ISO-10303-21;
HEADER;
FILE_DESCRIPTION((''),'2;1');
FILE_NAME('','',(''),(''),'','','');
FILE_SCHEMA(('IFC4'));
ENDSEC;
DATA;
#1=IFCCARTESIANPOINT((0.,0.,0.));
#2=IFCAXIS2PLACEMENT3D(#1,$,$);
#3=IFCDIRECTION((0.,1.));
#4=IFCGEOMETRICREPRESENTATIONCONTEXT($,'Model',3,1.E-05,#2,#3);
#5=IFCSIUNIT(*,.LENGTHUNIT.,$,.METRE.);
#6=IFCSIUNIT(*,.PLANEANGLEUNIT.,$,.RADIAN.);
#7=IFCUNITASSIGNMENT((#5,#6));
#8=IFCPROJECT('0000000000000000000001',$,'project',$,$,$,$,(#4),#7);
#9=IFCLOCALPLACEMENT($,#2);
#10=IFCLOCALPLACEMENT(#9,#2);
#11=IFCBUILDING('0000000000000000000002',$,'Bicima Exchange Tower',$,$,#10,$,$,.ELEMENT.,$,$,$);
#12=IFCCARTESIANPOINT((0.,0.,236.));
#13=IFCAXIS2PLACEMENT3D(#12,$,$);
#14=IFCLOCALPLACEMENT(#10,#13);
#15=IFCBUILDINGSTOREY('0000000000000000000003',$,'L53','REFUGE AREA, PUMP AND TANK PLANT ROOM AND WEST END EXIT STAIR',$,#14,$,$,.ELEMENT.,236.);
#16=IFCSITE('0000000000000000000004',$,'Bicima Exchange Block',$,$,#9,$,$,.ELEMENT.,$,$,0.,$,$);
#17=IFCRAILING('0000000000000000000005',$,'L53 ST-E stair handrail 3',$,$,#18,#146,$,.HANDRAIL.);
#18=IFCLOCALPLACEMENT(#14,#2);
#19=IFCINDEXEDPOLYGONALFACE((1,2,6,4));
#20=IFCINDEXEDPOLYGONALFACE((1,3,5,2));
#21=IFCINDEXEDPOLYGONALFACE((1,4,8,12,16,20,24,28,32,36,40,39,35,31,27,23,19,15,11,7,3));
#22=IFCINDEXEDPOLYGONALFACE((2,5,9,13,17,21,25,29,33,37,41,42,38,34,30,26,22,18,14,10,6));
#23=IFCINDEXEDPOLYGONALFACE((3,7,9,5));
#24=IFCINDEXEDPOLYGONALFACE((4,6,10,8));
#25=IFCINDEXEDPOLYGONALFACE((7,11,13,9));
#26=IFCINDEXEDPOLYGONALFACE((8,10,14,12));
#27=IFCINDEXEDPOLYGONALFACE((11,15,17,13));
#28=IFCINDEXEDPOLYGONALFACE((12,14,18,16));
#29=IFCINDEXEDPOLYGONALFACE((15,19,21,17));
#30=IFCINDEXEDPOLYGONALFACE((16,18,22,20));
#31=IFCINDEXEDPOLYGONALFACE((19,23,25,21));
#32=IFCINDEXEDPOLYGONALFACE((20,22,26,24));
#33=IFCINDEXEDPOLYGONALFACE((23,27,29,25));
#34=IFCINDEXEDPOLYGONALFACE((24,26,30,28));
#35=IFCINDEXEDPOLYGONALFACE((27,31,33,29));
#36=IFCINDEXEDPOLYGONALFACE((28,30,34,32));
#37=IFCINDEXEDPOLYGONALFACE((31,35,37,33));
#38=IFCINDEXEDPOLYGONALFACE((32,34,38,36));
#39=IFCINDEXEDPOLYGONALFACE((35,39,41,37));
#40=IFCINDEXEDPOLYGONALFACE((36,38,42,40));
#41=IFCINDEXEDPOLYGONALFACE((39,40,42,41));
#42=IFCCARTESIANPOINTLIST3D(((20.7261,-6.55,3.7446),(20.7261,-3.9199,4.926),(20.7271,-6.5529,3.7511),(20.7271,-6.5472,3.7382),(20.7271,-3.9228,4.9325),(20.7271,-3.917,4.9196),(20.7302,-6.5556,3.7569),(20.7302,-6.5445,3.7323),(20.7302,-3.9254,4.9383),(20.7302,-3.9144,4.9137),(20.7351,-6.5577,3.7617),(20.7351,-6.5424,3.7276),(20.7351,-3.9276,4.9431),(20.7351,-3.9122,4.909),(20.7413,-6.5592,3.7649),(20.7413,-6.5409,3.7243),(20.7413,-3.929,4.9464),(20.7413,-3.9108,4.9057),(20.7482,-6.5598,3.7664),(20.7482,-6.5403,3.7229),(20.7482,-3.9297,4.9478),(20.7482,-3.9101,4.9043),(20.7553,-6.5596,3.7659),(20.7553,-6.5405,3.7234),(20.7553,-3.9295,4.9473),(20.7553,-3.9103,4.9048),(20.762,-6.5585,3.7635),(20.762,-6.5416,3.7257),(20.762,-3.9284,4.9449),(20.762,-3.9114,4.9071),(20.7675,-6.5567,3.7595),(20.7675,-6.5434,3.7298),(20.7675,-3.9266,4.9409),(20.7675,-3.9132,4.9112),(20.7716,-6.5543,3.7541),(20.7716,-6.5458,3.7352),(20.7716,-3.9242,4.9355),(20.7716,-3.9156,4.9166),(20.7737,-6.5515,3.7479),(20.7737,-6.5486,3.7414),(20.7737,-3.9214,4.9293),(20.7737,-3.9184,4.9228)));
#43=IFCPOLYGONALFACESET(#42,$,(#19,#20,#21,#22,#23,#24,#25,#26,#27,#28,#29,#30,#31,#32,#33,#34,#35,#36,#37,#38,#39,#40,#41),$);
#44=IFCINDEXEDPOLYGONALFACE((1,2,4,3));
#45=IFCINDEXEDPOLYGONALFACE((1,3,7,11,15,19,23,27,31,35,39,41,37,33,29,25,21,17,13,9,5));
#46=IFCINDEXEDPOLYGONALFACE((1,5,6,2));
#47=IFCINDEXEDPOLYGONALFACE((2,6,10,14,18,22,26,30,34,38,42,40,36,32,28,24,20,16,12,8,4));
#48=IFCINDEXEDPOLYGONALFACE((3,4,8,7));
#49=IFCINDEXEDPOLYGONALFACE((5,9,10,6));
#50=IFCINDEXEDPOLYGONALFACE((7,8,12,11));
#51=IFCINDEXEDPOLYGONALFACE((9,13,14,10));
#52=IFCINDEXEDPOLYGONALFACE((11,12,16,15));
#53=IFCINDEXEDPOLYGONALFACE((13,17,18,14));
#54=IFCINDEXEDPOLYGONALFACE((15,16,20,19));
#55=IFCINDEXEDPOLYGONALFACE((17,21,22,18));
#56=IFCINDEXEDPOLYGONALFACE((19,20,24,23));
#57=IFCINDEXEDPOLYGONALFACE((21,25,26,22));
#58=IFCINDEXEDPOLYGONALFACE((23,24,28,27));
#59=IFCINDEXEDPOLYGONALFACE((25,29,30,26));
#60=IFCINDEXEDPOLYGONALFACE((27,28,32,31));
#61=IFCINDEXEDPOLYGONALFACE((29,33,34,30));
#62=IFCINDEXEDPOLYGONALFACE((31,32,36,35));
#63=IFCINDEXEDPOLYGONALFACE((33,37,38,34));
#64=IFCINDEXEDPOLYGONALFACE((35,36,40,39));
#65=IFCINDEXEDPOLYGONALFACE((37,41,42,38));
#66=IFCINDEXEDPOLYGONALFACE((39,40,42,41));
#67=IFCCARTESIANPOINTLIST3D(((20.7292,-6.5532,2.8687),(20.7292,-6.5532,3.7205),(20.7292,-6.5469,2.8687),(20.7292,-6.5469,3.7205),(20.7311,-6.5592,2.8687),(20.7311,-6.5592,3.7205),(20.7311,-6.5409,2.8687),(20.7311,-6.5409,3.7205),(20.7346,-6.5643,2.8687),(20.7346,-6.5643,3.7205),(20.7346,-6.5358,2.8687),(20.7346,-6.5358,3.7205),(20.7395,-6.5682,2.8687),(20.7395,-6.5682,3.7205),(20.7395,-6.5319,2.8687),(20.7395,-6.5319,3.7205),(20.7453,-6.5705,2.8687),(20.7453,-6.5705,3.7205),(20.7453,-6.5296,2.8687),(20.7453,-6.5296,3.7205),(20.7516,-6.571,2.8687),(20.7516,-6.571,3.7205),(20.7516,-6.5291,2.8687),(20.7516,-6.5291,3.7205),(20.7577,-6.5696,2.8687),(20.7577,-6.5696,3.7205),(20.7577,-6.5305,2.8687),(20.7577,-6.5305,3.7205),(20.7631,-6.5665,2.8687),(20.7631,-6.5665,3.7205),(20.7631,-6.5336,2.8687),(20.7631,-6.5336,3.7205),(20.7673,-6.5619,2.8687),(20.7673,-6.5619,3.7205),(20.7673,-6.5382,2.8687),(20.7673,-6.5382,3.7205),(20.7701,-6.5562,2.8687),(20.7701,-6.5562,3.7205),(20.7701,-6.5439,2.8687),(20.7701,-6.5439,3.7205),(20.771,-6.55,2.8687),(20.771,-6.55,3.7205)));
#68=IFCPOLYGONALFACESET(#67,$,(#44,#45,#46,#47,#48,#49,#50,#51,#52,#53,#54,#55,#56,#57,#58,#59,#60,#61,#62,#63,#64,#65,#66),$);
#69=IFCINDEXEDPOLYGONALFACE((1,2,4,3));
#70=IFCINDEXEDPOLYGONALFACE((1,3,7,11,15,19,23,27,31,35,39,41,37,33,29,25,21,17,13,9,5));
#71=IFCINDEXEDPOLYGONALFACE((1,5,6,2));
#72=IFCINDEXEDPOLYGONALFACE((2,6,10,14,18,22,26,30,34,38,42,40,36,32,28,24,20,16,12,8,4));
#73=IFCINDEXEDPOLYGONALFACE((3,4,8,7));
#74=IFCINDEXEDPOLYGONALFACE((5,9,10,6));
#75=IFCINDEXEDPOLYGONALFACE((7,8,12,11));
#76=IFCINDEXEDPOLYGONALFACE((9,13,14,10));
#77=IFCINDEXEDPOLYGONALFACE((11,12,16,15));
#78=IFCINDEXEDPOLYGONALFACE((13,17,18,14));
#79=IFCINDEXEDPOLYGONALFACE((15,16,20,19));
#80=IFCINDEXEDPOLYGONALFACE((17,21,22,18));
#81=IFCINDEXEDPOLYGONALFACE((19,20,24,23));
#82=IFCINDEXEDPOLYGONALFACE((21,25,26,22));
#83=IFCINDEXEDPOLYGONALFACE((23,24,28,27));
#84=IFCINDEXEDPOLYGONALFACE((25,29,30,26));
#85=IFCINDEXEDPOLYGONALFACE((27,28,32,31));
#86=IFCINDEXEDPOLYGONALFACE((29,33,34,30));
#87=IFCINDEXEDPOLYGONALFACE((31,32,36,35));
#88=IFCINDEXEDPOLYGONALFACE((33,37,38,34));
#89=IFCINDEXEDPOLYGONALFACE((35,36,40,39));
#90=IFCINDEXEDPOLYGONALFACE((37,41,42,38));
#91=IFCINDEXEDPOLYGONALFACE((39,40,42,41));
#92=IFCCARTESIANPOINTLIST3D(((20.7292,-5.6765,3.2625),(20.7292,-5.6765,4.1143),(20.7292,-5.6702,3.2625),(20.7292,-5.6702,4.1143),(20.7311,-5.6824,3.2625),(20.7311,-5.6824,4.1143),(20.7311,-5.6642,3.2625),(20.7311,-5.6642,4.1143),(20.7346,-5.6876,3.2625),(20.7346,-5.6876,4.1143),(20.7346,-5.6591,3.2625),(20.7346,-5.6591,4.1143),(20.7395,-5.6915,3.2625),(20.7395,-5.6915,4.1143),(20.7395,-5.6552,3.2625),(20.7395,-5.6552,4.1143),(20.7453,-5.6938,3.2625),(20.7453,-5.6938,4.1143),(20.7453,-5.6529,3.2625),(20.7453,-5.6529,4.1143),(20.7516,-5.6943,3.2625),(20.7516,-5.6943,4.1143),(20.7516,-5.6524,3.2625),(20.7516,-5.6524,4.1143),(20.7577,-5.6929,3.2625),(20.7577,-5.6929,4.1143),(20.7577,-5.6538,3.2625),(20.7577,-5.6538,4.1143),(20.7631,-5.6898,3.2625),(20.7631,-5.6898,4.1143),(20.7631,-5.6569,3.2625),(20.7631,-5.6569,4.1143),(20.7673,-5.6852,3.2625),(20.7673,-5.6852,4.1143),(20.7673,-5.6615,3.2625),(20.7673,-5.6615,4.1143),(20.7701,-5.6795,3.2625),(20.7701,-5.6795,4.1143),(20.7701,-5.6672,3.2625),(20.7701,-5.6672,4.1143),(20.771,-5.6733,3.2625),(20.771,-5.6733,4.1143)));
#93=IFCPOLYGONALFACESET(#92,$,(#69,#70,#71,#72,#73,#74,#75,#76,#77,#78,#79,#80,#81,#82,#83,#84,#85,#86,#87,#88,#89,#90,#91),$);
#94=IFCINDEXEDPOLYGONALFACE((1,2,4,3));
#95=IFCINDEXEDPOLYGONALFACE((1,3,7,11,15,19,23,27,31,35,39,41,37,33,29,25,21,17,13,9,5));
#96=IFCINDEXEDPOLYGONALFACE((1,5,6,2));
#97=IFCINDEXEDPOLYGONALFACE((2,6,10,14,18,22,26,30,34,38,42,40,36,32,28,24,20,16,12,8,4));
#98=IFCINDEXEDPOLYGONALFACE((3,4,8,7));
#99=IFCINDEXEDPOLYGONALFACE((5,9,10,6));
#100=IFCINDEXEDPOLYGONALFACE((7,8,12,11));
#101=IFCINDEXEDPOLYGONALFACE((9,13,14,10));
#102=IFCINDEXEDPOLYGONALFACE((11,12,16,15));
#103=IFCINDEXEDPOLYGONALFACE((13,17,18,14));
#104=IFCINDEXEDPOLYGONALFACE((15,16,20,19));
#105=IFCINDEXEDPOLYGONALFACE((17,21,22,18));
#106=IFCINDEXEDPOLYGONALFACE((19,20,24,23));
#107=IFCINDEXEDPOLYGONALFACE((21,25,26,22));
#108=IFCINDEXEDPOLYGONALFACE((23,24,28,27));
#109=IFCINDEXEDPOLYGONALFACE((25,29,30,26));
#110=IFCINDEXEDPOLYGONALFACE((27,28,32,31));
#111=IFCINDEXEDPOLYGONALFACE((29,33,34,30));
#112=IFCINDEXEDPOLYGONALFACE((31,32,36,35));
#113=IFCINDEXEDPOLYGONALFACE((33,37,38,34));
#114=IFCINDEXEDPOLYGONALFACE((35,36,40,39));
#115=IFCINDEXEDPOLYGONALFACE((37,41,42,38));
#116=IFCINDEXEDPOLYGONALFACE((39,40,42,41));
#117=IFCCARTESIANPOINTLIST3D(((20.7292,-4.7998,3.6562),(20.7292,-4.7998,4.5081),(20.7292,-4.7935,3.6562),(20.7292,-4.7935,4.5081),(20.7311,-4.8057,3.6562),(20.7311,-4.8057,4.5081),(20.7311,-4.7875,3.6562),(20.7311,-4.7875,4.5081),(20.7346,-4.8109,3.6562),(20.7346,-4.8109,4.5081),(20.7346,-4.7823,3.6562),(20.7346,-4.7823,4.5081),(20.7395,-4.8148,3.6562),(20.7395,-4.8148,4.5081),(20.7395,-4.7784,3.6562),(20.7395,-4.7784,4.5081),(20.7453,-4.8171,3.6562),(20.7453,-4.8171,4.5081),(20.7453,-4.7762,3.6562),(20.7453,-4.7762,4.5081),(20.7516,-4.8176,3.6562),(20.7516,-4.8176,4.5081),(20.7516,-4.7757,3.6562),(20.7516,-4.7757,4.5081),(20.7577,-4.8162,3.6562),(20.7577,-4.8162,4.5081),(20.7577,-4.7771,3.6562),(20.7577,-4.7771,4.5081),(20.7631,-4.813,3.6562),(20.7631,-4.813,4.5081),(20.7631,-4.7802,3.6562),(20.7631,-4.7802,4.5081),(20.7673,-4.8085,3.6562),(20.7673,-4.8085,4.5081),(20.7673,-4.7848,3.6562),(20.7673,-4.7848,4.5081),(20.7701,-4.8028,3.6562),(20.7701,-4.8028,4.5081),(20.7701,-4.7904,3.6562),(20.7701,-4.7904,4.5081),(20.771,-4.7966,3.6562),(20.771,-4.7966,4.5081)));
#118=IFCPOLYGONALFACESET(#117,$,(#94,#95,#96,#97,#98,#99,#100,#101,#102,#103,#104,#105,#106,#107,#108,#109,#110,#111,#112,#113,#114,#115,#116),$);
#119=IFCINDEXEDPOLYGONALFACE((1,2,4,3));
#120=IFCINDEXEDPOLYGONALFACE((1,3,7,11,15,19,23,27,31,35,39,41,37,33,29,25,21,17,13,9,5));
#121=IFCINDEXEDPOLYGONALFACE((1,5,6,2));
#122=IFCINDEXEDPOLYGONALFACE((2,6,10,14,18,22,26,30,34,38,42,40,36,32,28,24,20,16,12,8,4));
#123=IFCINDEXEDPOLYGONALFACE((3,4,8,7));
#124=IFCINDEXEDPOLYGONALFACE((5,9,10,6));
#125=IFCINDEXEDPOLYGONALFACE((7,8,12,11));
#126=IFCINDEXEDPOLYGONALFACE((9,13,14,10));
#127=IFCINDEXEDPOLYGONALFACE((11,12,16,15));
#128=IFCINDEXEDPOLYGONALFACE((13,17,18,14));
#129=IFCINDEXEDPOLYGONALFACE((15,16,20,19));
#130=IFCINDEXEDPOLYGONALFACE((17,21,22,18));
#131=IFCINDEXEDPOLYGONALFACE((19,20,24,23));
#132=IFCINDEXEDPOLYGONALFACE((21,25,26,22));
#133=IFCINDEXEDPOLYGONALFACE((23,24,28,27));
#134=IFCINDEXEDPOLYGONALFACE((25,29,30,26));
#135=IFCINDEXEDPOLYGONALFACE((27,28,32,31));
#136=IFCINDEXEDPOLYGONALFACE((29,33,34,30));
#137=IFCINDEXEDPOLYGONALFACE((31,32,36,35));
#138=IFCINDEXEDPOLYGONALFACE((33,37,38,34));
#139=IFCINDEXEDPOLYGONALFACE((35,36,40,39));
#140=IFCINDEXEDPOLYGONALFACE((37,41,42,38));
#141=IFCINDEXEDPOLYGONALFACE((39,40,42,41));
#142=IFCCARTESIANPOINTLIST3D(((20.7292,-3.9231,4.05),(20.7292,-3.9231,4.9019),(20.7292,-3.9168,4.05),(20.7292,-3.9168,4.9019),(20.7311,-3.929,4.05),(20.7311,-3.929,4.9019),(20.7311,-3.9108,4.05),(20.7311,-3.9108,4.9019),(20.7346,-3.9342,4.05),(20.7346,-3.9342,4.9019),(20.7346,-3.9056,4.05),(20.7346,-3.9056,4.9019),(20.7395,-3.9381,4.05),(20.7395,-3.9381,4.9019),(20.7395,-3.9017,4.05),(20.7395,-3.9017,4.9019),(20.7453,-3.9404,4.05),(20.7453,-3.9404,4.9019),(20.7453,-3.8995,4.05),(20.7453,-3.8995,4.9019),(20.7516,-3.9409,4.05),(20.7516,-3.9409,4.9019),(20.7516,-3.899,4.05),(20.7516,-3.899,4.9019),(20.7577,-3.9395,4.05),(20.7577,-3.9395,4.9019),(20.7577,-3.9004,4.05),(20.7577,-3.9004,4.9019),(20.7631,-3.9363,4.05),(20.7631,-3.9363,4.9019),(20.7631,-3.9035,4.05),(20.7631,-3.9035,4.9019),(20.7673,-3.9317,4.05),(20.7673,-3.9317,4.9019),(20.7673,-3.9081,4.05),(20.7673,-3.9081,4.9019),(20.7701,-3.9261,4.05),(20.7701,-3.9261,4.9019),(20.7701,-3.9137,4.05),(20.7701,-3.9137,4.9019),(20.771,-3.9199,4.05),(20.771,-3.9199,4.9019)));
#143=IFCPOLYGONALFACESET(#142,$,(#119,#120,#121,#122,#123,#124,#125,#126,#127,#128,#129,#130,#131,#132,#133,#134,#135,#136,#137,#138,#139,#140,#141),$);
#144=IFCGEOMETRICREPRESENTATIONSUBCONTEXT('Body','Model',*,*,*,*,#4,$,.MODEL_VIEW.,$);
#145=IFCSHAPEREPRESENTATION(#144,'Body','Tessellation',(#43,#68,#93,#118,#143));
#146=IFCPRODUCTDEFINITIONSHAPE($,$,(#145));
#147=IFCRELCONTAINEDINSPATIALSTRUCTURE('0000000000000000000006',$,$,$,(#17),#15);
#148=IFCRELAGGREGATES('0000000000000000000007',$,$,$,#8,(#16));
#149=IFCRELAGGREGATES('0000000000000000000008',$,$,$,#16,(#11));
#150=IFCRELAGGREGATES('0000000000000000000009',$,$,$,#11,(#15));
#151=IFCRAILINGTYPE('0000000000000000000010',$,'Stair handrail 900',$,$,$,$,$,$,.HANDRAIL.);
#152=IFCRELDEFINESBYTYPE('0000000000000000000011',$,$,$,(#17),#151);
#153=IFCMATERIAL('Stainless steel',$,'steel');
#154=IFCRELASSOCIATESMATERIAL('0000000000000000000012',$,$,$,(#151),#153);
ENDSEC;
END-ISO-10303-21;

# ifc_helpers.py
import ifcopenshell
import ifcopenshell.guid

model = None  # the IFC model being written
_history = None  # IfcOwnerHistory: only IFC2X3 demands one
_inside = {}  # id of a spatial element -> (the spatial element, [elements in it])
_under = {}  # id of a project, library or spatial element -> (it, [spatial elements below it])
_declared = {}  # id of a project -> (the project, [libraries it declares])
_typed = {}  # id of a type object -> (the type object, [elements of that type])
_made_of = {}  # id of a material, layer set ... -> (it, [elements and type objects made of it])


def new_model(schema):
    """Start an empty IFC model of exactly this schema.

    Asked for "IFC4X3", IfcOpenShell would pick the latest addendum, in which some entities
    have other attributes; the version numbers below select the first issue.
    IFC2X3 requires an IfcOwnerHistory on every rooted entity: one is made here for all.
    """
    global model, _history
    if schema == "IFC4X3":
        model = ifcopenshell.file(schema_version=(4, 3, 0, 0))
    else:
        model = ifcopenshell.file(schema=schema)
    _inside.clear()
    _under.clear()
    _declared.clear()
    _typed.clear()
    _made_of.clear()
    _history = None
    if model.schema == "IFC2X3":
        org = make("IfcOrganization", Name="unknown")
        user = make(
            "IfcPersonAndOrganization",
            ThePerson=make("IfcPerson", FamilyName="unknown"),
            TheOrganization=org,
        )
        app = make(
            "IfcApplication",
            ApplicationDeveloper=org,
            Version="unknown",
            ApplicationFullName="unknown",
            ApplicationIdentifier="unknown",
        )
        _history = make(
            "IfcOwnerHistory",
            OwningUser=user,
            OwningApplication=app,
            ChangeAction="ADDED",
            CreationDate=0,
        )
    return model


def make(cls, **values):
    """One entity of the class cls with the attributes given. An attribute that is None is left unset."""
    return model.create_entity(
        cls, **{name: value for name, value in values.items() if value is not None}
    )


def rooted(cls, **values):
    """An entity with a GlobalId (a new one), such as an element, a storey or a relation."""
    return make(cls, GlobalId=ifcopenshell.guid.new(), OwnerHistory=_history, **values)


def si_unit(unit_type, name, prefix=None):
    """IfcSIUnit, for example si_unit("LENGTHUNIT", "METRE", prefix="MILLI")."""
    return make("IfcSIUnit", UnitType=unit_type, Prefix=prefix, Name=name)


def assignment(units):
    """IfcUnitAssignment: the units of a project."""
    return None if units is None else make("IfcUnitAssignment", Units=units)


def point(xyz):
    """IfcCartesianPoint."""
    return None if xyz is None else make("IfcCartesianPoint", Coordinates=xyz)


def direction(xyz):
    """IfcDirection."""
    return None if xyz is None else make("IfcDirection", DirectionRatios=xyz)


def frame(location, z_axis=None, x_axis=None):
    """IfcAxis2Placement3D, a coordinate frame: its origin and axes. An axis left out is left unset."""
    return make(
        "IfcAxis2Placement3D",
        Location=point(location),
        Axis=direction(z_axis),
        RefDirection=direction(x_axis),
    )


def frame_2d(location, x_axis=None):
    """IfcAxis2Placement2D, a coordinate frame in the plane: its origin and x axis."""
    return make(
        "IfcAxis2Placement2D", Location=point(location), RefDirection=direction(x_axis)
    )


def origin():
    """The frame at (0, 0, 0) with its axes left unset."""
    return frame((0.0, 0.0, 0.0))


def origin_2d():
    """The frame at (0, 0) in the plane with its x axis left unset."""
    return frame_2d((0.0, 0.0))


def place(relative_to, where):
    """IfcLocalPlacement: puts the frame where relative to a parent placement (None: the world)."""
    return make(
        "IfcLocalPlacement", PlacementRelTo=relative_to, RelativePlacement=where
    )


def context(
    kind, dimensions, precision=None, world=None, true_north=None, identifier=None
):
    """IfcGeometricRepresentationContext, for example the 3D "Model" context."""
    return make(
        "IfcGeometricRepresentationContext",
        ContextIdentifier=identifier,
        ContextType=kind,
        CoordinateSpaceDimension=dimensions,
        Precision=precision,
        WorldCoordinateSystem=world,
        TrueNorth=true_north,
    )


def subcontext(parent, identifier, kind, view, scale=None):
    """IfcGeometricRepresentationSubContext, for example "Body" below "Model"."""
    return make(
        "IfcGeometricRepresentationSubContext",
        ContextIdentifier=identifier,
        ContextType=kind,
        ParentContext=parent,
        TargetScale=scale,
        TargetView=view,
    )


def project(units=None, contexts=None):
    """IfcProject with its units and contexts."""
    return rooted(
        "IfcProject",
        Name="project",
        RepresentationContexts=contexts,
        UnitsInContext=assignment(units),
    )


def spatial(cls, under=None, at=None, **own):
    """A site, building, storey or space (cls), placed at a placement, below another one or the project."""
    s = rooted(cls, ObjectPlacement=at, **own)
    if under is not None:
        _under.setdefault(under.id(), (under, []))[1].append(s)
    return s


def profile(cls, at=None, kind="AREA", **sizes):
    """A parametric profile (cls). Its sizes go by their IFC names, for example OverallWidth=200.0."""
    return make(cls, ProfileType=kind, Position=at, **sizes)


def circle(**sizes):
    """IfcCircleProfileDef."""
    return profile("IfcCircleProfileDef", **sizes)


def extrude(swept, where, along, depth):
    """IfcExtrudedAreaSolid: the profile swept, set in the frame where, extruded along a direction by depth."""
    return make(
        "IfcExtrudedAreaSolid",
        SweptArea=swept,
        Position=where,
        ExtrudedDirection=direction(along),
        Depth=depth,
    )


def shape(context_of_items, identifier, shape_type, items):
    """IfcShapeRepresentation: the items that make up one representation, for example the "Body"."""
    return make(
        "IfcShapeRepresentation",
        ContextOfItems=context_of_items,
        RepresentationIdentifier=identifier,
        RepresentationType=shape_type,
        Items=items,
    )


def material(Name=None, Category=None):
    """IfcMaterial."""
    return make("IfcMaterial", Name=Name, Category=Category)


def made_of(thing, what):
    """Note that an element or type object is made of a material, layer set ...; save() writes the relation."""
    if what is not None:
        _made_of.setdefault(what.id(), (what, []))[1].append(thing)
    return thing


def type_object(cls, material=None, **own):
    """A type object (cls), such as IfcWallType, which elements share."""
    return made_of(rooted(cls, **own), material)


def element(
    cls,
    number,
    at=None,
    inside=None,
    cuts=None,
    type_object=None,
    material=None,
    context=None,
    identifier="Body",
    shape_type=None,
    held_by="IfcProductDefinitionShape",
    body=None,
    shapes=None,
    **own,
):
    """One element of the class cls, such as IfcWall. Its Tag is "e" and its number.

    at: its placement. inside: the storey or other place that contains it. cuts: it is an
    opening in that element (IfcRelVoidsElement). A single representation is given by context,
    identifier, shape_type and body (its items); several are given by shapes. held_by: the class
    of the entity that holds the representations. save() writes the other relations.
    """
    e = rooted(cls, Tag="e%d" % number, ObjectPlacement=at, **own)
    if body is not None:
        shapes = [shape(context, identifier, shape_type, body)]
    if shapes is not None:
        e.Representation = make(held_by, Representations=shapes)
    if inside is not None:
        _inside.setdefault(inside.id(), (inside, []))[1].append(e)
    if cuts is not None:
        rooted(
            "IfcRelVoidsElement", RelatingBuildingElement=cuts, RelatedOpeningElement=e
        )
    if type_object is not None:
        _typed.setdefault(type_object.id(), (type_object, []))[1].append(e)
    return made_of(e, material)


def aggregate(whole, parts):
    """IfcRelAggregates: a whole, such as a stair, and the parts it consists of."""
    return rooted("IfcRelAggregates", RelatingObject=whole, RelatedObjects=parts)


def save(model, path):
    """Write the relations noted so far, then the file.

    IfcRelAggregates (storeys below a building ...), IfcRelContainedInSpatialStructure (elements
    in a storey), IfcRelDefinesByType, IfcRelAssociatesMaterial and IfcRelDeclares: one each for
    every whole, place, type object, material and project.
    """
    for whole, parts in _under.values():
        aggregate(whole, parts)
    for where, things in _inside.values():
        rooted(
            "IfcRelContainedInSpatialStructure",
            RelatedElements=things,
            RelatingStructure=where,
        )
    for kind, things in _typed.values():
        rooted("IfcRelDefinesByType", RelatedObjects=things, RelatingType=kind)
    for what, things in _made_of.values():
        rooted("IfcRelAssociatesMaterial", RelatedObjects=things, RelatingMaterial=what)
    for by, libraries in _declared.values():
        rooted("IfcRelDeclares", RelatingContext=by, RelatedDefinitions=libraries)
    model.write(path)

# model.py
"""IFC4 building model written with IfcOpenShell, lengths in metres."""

from ifc_helpers import new_model, si_unit, direction, frame, origin, origin_2d, place, context, subcontext, project, spatial, circle, extrude, material, type_object, element, save


model = new_model("IFC4")

# Units and contexts
model_context = context("Model", 3, precision=1e-05, world=origin(), true_north=direction((0.0, 1.0)))
body_context = subcontext(model_context, "Body", "Model", "MODEL_VIEW")
ifc_project = project(units=[si_unit("LENGTHUNIT", "METRE"), si_unit("PLANEANGLEUNIT", "RADIAN")], contexts=[model_context])

# Site, building, storey
site_placement = place(None, origin())
site = spatial("IfcSite", under=ifc_project, at=site_placement, Name="Bicima Exchange Block", CompositionType="ELEMENT", RefElevation=0.0)
building_placement = place(site_placement, origin())
building = spatial("IfcBuilding", under=site, at=building_placement, Name="Bicima Exchange Tower", CompositionType="ELEMENT")
storey_placement = place(building_placement, frame((0.0, 0.0, 236.0)))
storey = spatial("IfcBuildingStorey", under=building, at=storey_placement, Name="L53", Description="REFUGE AREA, PUMP AND TANK PLANT ROOM AND WEST END EXIT STAIR", CompositionType="ELEMENT", Elevation=236.0)

# Railing
ifc_material_1 = material(Name="Stainless steel", Category="steel")
railing_type_1 = type_object("IfcRailingType", Name="Stair handrail 900", PredefinedType="HANDRAIL", material=ifc_material_1)
railing_1_placement = place(storey_placement, frame((20.75, -6.55, 2.8687)))
element("IfcRailing", 1, at=railing_1_placement, inside=storey, type_object=railing_type_1, Name="L53 ST-E stair handrail 3", PredefinedType="HANDRAIL", context=body_context, shape_type="SweptSolid", body=[
    extrude(circle(Radius=0.0239, at=origin_2d()), frame((0.0, 0.0, 0.876), z_axis=(0.0, 0.912202, 0.409741), x_axis=(-1.0, 0.0, 0.0)), (0.0, 0.0, 1.0), 2.8833),
    extrude(circle(Radius=0.021, at=origin_2d()), origin(), (0.0, 0.0, 1.0), 0.8518),
    extrude(circle(Radius=0.021, at=origin_2d()), frame((0.0, 0.8767, 0.3938)), (0.0, 0.0, 1.0), 0.8518),
    extrude(circle(Radius=0.021, at=origin_2d()), frame((0.0, 1.7534, 0.7876)), (0.0, 0.0, 1.0), 0.8518),
    extrude(circle(Radius=0.021, at=origin_2d()), frame((0.0, 2.6301, 1.1814)), (0.0, 0.0, 1.0), 0.8518),
])

save(model, "model.ifc")
